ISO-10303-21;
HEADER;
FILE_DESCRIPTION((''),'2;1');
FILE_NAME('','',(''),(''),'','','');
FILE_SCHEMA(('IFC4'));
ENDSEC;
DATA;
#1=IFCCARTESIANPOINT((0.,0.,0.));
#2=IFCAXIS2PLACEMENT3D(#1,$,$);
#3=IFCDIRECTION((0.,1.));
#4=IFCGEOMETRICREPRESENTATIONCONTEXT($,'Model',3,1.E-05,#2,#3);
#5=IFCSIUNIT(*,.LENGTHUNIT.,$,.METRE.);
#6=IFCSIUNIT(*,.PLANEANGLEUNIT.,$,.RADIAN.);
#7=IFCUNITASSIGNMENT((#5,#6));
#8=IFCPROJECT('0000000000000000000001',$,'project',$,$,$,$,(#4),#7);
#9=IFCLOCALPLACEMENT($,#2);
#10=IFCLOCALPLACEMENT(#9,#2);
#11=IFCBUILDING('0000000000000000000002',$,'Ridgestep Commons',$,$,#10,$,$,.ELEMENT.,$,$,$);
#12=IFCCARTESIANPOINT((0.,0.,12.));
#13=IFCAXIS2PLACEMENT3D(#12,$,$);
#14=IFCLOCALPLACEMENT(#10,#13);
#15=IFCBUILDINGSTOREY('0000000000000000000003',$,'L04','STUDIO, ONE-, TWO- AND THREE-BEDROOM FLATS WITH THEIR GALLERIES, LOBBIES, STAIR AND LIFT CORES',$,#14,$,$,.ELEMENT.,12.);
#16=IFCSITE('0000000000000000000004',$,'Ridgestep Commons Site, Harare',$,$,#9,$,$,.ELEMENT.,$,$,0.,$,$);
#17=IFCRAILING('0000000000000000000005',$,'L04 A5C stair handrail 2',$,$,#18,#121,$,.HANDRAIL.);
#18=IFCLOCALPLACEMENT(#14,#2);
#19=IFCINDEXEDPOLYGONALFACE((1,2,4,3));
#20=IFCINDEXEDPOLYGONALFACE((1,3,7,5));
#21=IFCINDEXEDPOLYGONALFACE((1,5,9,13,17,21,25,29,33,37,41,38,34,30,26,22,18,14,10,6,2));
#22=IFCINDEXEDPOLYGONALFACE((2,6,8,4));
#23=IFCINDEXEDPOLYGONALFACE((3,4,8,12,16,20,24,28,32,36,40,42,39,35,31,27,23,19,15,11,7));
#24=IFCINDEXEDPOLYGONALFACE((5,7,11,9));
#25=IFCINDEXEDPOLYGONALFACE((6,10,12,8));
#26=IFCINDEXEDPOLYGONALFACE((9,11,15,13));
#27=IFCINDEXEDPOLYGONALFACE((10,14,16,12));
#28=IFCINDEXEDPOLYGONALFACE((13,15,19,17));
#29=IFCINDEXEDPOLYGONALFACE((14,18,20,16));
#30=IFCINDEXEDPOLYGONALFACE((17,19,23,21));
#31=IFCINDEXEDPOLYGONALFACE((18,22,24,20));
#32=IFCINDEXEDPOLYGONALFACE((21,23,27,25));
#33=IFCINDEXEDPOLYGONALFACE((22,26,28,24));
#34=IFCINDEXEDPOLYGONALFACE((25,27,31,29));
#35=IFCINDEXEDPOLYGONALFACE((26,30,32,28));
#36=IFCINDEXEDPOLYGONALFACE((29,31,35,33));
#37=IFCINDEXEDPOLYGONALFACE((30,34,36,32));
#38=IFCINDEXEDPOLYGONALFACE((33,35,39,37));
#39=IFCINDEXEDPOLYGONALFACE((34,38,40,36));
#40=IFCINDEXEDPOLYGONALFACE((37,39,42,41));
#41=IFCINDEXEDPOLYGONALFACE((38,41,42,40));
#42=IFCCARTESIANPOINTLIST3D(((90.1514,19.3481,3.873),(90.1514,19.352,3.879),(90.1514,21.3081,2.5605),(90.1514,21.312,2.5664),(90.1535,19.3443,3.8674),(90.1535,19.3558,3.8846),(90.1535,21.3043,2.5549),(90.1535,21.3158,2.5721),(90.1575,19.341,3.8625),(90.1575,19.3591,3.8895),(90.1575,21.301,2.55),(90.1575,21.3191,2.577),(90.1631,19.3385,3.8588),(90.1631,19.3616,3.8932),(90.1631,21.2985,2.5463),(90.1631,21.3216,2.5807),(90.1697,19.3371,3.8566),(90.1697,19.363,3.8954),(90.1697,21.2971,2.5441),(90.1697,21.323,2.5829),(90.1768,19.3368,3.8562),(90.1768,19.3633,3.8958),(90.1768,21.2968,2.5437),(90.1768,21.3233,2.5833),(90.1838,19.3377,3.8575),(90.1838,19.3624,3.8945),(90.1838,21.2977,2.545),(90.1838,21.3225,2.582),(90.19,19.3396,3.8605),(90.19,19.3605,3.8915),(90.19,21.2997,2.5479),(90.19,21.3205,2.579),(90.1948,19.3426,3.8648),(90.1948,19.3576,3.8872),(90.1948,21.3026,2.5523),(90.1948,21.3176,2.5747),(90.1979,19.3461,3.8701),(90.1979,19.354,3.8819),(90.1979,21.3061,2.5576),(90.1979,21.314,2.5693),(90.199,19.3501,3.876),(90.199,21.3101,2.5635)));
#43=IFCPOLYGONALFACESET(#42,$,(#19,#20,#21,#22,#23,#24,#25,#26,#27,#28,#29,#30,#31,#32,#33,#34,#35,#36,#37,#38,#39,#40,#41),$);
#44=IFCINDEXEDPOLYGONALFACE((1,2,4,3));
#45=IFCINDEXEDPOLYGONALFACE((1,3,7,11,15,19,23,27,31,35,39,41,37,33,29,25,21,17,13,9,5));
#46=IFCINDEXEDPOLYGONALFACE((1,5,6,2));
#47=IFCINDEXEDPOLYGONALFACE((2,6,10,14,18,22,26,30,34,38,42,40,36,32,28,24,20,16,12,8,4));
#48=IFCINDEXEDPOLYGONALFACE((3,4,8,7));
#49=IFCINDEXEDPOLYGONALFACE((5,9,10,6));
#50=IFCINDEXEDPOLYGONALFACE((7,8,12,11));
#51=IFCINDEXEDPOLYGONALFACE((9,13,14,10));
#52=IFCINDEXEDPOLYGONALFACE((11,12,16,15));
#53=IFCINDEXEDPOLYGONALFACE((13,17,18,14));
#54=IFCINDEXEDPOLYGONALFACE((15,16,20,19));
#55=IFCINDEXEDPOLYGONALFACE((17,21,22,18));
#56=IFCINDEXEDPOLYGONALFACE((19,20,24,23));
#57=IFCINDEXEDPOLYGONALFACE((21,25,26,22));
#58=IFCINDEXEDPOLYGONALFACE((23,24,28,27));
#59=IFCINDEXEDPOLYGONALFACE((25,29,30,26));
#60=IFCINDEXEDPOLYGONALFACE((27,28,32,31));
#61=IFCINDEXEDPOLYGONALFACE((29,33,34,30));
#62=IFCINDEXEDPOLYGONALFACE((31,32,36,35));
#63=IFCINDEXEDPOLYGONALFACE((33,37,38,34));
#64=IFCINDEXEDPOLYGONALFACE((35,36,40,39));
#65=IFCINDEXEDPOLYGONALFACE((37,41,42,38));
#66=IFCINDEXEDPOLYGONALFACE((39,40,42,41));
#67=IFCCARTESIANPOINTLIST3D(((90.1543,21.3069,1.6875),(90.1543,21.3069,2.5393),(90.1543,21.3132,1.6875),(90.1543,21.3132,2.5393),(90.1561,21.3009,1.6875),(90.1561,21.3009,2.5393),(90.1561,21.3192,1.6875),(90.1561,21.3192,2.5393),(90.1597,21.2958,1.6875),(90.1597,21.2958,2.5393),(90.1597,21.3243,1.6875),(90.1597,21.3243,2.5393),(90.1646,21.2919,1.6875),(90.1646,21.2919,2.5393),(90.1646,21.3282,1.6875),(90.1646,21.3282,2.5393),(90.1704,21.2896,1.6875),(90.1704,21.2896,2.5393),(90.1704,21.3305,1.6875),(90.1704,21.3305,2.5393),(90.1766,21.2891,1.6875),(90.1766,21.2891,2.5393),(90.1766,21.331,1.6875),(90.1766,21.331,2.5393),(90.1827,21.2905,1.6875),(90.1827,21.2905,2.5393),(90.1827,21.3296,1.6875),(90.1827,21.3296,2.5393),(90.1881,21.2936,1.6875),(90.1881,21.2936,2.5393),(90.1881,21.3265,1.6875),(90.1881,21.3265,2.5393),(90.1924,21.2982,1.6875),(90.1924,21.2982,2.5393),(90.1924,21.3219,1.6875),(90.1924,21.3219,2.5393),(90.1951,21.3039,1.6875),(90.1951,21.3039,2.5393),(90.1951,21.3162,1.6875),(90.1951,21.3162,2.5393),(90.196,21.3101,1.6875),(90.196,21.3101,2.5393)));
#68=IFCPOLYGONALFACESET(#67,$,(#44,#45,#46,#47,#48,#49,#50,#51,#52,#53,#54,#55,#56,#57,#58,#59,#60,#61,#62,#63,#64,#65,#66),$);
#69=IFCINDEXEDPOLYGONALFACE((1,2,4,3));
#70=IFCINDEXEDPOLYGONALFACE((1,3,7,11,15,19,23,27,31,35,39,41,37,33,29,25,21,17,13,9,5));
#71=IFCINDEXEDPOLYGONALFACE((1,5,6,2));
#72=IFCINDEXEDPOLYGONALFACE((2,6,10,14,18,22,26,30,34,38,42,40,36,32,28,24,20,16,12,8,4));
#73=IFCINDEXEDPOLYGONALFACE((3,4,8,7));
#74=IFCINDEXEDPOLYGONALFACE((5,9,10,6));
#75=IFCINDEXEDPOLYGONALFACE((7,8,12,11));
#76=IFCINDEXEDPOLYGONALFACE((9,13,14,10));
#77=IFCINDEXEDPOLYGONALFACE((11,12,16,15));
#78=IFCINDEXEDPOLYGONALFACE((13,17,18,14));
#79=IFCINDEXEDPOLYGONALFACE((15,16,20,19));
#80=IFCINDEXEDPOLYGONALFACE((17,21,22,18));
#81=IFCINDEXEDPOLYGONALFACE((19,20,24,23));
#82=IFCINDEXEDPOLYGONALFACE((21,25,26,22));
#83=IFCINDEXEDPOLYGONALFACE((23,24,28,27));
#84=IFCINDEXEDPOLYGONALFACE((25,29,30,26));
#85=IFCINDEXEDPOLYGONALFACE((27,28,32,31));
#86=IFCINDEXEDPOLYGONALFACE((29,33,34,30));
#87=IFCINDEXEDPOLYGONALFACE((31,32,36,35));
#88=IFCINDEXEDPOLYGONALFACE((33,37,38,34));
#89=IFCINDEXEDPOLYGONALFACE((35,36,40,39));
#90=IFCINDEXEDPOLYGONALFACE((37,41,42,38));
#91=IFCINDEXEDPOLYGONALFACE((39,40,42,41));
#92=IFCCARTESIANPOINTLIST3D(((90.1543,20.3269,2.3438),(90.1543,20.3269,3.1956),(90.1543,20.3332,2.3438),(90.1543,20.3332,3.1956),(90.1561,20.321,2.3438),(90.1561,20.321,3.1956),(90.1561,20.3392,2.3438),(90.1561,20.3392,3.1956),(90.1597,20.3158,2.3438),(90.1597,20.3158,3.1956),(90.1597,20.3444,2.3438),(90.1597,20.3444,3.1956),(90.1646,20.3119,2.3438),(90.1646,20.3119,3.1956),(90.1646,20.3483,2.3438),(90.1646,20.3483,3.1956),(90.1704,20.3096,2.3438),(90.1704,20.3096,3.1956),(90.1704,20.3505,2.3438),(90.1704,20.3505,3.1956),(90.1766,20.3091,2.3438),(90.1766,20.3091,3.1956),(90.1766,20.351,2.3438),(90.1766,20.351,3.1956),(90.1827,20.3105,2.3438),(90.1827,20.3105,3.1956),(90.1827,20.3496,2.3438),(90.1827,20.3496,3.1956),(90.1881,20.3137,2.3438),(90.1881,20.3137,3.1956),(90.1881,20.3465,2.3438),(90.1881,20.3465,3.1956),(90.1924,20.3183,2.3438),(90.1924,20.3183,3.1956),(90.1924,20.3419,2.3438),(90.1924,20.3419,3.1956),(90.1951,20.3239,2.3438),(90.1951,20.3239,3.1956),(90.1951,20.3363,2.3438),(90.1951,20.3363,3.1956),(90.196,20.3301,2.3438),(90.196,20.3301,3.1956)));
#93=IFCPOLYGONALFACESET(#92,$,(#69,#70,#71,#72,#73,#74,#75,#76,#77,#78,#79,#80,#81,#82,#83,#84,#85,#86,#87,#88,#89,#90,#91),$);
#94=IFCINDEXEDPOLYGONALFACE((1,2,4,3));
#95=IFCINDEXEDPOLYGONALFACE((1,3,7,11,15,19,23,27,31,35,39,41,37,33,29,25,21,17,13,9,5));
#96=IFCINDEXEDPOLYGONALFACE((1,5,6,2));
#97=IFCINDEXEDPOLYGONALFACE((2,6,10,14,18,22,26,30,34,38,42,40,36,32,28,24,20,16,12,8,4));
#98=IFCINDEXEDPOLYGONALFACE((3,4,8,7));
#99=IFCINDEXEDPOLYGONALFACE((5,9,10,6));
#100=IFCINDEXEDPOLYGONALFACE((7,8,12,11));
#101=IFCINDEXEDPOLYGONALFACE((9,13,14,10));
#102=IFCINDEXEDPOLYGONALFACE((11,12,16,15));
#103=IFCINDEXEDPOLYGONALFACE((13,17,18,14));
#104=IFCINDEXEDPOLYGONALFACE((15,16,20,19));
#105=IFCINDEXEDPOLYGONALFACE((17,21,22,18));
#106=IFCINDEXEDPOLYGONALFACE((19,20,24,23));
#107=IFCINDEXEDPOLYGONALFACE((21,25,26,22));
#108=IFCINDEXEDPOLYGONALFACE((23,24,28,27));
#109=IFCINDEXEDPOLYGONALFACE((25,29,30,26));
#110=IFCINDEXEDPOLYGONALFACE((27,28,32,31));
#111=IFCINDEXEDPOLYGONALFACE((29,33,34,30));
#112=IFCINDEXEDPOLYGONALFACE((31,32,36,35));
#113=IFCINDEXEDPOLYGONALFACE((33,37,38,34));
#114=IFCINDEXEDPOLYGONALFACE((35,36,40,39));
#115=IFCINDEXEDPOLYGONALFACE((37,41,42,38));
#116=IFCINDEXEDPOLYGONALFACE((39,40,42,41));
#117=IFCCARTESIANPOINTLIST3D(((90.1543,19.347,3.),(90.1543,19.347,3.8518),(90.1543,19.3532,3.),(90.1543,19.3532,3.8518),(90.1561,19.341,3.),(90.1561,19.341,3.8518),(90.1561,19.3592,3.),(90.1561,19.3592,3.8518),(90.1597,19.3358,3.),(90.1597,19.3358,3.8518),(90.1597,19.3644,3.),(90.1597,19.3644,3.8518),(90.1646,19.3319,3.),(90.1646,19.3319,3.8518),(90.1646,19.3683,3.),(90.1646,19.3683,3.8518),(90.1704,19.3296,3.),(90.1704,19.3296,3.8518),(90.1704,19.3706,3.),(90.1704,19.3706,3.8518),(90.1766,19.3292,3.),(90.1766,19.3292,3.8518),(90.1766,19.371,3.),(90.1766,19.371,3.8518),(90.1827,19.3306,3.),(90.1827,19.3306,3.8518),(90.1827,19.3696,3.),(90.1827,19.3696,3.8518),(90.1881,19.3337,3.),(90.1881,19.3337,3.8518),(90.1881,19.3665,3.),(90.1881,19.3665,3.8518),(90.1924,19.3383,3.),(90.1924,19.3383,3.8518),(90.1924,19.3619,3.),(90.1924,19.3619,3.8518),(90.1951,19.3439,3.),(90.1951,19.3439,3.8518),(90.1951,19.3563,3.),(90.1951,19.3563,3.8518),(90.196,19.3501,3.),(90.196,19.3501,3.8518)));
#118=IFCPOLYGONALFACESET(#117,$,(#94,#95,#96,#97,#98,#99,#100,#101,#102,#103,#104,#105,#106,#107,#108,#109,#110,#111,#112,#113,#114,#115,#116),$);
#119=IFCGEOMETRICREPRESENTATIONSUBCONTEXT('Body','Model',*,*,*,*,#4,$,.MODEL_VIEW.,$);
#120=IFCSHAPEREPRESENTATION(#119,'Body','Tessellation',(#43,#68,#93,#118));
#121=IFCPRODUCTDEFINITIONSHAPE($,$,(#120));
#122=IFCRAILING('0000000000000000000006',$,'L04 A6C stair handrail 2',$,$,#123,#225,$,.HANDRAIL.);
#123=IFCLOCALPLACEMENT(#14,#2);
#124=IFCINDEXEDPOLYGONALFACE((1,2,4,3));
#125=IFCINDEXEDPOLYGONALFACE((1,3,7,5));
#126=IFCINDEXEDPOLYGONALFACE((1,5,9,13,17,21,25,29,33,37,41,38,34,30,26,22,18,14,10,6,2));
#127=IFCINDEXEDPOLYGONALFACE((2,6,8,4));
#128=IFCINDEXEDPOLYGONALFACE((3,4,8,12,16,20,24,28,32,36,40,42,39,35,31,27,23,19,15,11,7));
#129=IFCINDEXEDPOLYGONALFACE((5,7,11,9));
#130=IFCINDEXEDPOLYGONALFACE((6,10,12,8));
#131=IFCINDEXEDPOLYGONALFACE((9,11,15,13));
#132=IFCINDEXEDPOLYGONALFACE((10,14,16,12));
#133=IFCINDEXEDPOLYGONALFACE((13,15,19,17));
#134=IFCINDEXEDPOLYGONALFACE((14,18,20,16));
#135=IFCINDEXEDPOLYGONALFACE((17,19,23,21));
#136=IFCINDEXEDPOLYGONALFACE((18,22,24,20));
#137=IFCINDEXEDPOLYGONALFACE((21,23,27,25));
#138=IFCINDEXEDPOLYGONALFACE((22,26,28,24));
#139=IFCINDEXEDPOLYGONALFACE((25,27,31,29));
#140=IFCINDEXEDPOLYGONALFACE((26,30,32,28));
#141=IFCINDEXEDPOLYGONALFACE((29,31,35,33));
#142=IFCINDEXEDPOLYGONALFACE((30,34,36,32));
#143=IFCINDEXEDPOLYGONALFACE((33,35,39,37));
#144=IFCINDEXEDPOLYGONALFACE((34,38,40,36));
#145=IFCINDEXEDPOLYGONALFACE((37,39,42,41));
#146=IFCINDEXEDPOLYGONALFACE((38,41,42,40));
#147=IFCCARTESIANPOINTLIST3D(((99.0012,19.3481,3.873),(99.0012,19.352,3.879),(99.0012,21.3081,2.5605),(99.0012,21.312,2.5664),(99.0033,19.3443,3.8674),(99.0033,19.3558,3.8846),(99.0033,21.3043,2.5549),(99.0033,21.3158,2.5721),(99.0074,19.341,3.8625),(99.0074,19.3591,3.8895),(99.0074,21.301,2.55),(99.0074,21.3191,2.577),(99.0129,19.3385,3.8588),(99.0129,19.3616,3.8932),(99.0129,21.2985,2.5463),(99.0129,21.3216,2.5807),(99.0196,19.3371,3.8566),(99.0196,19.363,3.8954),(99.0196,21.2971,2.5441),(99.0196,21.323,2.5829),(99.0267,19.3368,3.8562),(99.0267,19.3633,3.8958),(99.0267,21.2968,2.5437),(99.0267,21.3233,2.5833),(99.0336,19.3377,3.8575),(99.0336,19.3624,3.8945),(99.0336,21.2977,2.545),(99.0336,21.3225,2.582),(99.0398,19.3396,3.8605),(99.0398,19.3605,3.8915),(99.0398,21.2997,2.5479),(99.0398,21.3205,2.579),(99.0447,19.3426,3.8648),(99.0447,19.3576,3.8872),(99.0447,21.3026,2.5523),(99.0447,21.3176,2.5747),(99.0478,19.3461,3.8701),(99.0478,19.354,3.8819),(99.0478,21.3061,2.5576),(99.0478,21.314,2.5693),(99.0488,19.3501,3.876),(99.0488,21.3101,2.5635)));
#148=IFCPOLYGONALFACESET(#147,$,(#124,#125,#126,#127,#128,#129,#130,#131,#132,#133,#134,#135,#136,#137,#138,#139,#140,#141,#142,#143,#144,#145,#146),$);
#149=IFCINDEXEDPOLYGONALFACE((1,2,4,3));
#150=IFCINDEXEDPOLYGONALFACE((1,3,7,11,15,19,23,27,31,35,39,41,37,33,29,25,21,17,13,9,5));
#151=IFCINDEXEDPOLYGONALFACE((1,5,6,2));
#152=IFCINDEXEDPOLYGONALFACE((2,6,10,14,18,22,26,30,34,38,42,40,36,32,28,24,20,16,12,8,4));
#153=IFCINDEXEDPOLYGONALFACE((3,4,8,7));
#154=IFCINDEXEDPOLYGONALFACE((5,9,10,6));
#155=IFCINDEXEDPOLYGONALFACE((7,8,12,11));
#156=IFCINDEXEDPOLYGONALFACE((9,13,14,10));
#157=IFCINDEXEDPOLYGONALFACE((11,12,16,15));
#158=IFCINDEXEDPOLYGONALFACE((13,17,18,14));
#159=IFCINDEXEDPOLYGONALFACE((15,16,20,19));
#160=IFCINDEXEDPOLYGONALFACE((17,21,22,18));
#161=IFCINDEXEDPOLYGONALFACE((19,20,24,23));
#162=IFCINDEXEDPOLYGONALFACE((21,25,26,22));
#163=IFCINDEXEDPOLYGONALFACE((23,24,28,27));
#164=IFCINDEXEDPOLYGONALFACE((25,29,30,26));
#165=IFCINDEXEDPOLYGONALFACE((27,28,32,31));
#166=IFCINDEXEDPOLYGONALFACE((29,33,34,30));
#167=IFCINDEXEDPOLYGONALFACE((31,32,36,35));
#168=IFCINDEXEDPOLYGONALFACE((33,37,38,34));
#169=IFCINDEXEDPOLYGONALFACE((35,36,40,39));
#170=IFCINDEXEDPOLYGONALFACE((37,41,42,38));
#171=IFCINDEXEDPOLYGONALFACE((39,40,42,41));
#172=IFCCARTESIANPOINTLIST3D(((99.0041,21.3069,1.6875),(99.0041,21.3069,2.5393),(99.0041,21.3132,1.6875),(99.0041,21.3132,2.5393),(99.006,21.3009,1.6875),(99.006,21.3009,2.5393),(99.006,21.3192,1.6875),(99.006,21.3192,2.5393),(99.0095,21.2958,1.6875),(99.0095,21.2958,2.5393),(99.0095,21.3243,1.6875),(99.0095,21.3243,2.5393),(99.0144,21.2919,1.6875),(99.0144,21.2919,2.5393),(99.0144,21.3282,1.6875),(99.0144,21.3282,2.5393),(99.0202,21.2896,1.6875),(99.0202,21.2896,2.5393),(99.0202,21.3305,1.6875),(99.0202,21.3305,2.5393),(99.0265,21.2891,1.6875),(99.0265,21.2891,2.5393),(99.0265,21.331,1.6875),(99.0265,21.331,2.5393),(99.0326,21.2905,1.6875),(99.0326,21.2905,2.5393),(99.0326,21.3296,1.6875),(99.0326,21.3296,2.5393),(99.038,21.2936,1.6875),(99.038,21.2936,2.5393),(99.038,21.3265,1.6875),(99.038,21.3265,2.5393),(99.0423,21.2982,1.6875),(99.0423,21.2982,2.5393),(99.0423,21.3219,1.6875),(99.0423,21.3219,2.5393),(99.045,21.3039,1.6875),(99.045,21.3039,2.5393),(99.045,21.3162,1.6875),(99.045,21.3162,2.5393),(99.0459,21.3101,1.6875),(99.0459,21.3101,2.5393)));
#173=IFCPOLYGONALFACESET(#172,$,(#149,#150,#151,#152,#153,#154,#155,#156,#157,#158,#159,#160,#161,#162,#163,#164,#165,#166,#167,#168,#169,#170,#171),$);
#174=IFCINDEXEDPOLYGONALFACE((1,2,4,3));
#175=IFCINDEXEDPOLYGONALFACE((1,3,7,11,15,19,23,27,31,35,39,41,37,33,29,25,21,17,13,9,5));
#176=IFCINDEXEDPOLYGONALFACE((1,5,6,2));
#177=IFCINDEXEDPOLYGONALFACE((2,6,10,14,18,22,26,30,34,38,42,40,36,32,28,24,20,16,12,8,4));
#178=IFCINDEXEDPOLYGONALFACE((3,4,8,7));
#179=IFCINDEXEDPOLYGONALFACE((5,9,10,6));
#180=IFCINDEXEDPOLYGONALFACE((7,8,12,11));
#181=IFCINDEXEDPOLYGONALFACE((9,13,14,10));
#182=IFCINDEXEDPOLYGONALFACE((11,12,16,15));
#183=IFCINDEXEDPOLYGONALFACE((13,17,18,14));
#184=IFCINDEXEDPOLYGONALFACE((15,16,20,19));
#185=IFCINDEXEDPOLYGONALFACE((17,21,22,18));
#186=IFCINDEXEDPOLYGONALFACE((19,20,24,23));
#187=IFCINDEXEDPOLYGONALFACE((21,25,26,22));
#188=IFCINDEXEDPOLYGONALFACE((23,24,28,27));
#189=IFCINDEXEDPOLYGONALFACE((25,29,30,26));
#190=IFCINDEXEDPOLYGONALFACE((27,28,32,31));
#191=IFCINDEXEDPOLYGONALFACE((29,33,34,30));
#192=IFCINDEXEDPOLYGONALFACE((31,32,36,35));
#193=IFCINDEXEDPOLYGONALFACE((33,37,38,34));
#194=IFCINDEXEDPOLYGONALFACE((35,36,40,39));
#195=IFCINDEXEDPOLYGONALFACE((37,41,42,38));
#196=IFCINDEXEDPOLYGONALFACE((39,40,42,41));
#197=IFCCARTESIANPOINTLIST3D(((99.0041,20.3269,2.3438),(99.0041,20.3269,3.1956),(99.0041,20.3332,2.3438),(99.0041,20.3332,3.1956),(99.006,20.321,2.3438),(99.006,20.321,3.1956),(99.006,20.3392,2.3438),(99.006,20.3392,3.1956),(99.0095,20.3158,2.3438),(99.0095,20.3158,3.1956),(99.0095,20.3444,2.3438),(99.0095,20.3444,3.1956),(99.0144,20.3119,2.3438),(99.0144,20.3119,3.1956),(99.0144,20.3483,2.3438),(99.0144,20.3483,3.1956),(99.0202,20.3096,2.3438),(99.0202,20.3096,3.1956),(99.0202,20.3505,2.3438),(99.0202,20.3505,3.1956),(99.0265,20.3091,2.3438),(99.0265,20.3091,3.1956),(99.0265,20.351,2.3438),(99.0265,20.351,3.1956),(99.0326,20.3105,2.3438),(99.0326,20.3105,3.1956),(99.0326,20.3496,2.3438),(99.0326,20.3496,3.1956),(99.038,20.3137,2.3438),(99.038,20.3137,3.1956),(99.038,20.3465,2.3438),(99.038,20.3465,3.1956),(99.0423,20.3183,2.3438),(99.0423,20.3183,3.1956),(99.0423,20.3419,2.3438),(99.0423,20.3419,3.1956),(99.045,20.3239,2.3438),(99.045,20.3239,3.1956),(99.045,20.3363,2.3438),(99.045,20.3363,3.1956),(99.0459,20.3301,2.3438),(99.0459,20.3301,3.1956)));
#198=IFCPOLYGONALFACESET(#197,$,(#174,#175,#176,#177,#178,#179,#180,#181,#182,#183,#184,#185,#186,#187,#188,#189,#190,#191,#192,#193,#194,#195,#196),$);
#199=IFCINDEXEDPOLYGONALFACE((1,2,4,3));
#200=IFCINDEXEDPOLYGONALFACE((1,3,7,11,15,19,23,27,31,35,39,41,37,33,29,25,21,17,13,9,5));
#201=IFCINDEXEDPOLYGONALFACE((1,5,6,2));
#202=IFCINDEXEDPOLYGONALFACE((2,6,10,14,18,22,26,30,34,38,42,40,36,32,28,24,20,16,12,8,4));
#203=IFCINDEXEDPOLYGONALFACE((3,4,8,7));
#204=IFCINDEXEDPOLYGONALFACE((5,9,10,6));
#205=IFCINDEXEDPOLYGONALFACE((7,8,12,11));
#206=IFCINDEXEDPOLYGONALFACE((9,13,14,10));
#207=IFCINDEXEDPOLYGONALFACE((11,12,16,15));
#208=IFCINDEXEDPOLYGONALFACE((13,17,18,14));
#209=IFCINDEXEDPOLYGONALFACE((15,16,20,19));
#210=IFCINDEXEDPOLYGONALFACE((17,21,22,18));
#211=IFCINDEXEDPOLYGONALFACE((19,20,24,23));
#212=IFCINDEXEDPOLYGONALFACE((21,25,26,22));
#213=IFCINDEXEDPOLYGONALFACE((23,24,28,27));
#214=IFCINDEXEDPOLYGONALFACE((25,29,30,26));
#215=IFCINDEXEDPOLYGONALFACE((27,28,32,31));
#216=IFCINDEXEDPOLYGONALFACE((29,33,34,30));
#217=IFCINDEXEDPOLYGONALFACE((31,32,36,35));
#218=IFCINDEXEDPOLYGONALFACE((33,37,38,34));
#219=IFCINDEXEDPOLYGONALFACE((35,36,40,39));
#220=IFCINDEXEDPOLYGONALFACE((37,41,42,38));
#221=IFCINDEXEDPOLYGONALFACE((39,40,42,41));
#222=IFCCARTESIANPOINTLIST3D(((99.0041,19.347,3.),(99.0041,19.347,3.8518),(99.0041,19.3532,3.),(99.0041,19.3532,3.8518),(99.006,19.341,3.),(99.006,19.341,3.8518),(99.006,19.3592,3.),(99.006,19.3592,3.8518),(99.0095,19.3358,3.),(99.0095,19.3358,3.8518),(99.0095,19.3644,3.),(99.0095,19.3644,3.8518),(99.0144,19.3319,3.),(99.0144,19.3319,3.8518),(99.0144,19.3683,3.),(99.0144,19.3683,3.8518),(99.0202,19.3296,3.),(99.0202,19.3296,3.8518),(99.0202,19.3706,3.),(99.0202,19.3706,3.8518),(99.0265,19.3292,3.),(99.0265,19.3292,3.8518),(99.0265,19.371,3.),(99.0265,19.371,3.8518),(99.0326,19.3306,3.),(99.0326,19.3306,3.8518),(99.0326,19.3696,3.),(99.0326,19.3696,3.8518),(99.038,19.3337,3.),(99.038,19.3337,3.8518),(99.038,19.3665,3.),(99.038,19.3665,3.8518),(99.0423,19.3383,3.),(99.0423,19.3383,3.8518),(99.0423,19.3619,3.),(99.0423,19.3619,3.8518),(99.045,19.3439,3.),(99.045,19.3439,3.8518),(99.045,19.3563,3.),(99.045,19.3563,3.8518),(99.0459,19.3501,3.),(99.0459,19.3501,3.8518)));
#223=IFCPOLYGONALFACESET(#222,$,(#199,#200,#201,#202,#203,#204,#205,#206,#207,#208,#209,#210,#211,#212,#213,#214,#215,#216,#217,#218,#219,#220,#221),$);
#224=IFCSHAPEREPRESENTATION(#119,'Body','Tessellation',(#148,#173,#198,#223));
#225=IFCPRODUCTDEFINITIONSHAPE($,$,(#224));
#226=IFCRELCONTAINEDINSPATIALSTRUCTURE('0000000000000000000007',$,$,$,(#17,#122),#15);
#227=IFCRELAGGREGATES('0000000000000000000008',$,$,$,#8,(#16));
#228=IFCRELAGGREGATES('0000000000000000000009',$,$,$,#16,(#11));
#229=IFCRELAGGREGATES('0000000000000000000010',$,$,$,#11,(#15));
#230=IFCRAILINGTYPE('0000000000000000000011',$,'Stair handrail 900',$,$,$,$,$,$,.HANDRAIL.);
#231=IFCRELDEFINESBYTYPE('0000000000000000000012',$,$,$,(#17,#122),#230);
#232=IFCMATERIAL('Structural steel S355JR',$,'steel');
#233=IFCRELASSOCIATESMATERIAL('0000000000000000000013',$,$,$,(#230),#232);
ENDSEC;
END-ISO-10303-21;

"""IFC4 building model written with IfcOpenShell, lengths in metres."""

from ifc_helpers import new_model, si_unit, direction, frame, origin, origin_2d, place, context, subcontext, project, spatial, circle, extrude, material, type_object, element, save


model = new_model("IFC4")

# Units and contexts
model_context = context("Model", 3, precision=1e-05, world=origin(), true_north=direction((0.0, 1.0)))
body_context = subcontext(model_context, "Body", "Model", "MODEL_VIEW")
ifc_project = project(units=[si_unit("LENGTHUNIT", "METRE"), si_unit("PLANEANGLEUNIT", "RADIAN")], contexts=[model_context])

# Site, building, storey
site_placement = place(None, origin())
site = spatial("IfcSite", under=ifc_project, at=site_placement, Name="Ridgestep Commons Site, Harare", CompositionType="ELEMENT", RefElevation=0.0)
building_placement = place(site_placement, origin())
building = spatial("IfcBuilding", under=site, at=building_placement, Name="Ridgestep Commons", CompositionType="ELEMENT")
storey_placement = place(building_placement, frame((0.0, 0.0, 12.0)))
storey = spatial("IfcBuildingStorey", under=building, at=storey_placement, Name="L04", Description="STUDIO, ONE-, TWO- AND THREE-BEDROOM FLATS WITH THEIR GALLERIES, LOBBIES, STAIR AND LIFT CORES", CompositionType="ELEMENT", Elevation=12.0)

# Railings
ifc_material_1 = material(Name="Structural steel S355JR", Category="steel")
railing_type_1 = type_object("IfcRailingType", Name="Stair handrail 900", PredefinedType="HANDRAIL", material=ifc_material_1)
for number, where, name in (
    (1, (90.175, 21.3101, 1.6875), "L04 A5C stair handrail 2"),
    (2, (99.0249, 21.3101, 1.6875), "L04 A6C stair handrail 2"),
):
    element("IfcRailing", number, at=place(storey_placement, frame(where)), inside=storey, type_object=railing_type_1, Name=name, PredefinedType="HANDRAIL", context=body_context, shape_type="SweptSolid", body=[
        extrude(circle(Radius=0.0239, at=origin_2d()), frame((0.0, 0.0, 0.876), z_axis=(0.0, -0.830902, 0.556419), x_axis=(1.0, 0.0, 0.0)), (0.0, 0.0, 1.0), 2.3589),
        extrude(circle(Radius=0.021, at=origin_2d()), origin(), (0.0, 0.0, 1.0), 0.8518),
        extrude(circle(Radius=0.021, at=origin_2d()), frame((0.0, -0.98, 0.6562)), (0.0, 0.0, 1.0), 0.8518),
        extrude(circle(Radius=0.021, at=origin_2d()), frame((0.0, -1.96, 1.3125)), (0.0, 0.0, 1.0), 0.8518),
    ])

save(model, "model.ifc")
